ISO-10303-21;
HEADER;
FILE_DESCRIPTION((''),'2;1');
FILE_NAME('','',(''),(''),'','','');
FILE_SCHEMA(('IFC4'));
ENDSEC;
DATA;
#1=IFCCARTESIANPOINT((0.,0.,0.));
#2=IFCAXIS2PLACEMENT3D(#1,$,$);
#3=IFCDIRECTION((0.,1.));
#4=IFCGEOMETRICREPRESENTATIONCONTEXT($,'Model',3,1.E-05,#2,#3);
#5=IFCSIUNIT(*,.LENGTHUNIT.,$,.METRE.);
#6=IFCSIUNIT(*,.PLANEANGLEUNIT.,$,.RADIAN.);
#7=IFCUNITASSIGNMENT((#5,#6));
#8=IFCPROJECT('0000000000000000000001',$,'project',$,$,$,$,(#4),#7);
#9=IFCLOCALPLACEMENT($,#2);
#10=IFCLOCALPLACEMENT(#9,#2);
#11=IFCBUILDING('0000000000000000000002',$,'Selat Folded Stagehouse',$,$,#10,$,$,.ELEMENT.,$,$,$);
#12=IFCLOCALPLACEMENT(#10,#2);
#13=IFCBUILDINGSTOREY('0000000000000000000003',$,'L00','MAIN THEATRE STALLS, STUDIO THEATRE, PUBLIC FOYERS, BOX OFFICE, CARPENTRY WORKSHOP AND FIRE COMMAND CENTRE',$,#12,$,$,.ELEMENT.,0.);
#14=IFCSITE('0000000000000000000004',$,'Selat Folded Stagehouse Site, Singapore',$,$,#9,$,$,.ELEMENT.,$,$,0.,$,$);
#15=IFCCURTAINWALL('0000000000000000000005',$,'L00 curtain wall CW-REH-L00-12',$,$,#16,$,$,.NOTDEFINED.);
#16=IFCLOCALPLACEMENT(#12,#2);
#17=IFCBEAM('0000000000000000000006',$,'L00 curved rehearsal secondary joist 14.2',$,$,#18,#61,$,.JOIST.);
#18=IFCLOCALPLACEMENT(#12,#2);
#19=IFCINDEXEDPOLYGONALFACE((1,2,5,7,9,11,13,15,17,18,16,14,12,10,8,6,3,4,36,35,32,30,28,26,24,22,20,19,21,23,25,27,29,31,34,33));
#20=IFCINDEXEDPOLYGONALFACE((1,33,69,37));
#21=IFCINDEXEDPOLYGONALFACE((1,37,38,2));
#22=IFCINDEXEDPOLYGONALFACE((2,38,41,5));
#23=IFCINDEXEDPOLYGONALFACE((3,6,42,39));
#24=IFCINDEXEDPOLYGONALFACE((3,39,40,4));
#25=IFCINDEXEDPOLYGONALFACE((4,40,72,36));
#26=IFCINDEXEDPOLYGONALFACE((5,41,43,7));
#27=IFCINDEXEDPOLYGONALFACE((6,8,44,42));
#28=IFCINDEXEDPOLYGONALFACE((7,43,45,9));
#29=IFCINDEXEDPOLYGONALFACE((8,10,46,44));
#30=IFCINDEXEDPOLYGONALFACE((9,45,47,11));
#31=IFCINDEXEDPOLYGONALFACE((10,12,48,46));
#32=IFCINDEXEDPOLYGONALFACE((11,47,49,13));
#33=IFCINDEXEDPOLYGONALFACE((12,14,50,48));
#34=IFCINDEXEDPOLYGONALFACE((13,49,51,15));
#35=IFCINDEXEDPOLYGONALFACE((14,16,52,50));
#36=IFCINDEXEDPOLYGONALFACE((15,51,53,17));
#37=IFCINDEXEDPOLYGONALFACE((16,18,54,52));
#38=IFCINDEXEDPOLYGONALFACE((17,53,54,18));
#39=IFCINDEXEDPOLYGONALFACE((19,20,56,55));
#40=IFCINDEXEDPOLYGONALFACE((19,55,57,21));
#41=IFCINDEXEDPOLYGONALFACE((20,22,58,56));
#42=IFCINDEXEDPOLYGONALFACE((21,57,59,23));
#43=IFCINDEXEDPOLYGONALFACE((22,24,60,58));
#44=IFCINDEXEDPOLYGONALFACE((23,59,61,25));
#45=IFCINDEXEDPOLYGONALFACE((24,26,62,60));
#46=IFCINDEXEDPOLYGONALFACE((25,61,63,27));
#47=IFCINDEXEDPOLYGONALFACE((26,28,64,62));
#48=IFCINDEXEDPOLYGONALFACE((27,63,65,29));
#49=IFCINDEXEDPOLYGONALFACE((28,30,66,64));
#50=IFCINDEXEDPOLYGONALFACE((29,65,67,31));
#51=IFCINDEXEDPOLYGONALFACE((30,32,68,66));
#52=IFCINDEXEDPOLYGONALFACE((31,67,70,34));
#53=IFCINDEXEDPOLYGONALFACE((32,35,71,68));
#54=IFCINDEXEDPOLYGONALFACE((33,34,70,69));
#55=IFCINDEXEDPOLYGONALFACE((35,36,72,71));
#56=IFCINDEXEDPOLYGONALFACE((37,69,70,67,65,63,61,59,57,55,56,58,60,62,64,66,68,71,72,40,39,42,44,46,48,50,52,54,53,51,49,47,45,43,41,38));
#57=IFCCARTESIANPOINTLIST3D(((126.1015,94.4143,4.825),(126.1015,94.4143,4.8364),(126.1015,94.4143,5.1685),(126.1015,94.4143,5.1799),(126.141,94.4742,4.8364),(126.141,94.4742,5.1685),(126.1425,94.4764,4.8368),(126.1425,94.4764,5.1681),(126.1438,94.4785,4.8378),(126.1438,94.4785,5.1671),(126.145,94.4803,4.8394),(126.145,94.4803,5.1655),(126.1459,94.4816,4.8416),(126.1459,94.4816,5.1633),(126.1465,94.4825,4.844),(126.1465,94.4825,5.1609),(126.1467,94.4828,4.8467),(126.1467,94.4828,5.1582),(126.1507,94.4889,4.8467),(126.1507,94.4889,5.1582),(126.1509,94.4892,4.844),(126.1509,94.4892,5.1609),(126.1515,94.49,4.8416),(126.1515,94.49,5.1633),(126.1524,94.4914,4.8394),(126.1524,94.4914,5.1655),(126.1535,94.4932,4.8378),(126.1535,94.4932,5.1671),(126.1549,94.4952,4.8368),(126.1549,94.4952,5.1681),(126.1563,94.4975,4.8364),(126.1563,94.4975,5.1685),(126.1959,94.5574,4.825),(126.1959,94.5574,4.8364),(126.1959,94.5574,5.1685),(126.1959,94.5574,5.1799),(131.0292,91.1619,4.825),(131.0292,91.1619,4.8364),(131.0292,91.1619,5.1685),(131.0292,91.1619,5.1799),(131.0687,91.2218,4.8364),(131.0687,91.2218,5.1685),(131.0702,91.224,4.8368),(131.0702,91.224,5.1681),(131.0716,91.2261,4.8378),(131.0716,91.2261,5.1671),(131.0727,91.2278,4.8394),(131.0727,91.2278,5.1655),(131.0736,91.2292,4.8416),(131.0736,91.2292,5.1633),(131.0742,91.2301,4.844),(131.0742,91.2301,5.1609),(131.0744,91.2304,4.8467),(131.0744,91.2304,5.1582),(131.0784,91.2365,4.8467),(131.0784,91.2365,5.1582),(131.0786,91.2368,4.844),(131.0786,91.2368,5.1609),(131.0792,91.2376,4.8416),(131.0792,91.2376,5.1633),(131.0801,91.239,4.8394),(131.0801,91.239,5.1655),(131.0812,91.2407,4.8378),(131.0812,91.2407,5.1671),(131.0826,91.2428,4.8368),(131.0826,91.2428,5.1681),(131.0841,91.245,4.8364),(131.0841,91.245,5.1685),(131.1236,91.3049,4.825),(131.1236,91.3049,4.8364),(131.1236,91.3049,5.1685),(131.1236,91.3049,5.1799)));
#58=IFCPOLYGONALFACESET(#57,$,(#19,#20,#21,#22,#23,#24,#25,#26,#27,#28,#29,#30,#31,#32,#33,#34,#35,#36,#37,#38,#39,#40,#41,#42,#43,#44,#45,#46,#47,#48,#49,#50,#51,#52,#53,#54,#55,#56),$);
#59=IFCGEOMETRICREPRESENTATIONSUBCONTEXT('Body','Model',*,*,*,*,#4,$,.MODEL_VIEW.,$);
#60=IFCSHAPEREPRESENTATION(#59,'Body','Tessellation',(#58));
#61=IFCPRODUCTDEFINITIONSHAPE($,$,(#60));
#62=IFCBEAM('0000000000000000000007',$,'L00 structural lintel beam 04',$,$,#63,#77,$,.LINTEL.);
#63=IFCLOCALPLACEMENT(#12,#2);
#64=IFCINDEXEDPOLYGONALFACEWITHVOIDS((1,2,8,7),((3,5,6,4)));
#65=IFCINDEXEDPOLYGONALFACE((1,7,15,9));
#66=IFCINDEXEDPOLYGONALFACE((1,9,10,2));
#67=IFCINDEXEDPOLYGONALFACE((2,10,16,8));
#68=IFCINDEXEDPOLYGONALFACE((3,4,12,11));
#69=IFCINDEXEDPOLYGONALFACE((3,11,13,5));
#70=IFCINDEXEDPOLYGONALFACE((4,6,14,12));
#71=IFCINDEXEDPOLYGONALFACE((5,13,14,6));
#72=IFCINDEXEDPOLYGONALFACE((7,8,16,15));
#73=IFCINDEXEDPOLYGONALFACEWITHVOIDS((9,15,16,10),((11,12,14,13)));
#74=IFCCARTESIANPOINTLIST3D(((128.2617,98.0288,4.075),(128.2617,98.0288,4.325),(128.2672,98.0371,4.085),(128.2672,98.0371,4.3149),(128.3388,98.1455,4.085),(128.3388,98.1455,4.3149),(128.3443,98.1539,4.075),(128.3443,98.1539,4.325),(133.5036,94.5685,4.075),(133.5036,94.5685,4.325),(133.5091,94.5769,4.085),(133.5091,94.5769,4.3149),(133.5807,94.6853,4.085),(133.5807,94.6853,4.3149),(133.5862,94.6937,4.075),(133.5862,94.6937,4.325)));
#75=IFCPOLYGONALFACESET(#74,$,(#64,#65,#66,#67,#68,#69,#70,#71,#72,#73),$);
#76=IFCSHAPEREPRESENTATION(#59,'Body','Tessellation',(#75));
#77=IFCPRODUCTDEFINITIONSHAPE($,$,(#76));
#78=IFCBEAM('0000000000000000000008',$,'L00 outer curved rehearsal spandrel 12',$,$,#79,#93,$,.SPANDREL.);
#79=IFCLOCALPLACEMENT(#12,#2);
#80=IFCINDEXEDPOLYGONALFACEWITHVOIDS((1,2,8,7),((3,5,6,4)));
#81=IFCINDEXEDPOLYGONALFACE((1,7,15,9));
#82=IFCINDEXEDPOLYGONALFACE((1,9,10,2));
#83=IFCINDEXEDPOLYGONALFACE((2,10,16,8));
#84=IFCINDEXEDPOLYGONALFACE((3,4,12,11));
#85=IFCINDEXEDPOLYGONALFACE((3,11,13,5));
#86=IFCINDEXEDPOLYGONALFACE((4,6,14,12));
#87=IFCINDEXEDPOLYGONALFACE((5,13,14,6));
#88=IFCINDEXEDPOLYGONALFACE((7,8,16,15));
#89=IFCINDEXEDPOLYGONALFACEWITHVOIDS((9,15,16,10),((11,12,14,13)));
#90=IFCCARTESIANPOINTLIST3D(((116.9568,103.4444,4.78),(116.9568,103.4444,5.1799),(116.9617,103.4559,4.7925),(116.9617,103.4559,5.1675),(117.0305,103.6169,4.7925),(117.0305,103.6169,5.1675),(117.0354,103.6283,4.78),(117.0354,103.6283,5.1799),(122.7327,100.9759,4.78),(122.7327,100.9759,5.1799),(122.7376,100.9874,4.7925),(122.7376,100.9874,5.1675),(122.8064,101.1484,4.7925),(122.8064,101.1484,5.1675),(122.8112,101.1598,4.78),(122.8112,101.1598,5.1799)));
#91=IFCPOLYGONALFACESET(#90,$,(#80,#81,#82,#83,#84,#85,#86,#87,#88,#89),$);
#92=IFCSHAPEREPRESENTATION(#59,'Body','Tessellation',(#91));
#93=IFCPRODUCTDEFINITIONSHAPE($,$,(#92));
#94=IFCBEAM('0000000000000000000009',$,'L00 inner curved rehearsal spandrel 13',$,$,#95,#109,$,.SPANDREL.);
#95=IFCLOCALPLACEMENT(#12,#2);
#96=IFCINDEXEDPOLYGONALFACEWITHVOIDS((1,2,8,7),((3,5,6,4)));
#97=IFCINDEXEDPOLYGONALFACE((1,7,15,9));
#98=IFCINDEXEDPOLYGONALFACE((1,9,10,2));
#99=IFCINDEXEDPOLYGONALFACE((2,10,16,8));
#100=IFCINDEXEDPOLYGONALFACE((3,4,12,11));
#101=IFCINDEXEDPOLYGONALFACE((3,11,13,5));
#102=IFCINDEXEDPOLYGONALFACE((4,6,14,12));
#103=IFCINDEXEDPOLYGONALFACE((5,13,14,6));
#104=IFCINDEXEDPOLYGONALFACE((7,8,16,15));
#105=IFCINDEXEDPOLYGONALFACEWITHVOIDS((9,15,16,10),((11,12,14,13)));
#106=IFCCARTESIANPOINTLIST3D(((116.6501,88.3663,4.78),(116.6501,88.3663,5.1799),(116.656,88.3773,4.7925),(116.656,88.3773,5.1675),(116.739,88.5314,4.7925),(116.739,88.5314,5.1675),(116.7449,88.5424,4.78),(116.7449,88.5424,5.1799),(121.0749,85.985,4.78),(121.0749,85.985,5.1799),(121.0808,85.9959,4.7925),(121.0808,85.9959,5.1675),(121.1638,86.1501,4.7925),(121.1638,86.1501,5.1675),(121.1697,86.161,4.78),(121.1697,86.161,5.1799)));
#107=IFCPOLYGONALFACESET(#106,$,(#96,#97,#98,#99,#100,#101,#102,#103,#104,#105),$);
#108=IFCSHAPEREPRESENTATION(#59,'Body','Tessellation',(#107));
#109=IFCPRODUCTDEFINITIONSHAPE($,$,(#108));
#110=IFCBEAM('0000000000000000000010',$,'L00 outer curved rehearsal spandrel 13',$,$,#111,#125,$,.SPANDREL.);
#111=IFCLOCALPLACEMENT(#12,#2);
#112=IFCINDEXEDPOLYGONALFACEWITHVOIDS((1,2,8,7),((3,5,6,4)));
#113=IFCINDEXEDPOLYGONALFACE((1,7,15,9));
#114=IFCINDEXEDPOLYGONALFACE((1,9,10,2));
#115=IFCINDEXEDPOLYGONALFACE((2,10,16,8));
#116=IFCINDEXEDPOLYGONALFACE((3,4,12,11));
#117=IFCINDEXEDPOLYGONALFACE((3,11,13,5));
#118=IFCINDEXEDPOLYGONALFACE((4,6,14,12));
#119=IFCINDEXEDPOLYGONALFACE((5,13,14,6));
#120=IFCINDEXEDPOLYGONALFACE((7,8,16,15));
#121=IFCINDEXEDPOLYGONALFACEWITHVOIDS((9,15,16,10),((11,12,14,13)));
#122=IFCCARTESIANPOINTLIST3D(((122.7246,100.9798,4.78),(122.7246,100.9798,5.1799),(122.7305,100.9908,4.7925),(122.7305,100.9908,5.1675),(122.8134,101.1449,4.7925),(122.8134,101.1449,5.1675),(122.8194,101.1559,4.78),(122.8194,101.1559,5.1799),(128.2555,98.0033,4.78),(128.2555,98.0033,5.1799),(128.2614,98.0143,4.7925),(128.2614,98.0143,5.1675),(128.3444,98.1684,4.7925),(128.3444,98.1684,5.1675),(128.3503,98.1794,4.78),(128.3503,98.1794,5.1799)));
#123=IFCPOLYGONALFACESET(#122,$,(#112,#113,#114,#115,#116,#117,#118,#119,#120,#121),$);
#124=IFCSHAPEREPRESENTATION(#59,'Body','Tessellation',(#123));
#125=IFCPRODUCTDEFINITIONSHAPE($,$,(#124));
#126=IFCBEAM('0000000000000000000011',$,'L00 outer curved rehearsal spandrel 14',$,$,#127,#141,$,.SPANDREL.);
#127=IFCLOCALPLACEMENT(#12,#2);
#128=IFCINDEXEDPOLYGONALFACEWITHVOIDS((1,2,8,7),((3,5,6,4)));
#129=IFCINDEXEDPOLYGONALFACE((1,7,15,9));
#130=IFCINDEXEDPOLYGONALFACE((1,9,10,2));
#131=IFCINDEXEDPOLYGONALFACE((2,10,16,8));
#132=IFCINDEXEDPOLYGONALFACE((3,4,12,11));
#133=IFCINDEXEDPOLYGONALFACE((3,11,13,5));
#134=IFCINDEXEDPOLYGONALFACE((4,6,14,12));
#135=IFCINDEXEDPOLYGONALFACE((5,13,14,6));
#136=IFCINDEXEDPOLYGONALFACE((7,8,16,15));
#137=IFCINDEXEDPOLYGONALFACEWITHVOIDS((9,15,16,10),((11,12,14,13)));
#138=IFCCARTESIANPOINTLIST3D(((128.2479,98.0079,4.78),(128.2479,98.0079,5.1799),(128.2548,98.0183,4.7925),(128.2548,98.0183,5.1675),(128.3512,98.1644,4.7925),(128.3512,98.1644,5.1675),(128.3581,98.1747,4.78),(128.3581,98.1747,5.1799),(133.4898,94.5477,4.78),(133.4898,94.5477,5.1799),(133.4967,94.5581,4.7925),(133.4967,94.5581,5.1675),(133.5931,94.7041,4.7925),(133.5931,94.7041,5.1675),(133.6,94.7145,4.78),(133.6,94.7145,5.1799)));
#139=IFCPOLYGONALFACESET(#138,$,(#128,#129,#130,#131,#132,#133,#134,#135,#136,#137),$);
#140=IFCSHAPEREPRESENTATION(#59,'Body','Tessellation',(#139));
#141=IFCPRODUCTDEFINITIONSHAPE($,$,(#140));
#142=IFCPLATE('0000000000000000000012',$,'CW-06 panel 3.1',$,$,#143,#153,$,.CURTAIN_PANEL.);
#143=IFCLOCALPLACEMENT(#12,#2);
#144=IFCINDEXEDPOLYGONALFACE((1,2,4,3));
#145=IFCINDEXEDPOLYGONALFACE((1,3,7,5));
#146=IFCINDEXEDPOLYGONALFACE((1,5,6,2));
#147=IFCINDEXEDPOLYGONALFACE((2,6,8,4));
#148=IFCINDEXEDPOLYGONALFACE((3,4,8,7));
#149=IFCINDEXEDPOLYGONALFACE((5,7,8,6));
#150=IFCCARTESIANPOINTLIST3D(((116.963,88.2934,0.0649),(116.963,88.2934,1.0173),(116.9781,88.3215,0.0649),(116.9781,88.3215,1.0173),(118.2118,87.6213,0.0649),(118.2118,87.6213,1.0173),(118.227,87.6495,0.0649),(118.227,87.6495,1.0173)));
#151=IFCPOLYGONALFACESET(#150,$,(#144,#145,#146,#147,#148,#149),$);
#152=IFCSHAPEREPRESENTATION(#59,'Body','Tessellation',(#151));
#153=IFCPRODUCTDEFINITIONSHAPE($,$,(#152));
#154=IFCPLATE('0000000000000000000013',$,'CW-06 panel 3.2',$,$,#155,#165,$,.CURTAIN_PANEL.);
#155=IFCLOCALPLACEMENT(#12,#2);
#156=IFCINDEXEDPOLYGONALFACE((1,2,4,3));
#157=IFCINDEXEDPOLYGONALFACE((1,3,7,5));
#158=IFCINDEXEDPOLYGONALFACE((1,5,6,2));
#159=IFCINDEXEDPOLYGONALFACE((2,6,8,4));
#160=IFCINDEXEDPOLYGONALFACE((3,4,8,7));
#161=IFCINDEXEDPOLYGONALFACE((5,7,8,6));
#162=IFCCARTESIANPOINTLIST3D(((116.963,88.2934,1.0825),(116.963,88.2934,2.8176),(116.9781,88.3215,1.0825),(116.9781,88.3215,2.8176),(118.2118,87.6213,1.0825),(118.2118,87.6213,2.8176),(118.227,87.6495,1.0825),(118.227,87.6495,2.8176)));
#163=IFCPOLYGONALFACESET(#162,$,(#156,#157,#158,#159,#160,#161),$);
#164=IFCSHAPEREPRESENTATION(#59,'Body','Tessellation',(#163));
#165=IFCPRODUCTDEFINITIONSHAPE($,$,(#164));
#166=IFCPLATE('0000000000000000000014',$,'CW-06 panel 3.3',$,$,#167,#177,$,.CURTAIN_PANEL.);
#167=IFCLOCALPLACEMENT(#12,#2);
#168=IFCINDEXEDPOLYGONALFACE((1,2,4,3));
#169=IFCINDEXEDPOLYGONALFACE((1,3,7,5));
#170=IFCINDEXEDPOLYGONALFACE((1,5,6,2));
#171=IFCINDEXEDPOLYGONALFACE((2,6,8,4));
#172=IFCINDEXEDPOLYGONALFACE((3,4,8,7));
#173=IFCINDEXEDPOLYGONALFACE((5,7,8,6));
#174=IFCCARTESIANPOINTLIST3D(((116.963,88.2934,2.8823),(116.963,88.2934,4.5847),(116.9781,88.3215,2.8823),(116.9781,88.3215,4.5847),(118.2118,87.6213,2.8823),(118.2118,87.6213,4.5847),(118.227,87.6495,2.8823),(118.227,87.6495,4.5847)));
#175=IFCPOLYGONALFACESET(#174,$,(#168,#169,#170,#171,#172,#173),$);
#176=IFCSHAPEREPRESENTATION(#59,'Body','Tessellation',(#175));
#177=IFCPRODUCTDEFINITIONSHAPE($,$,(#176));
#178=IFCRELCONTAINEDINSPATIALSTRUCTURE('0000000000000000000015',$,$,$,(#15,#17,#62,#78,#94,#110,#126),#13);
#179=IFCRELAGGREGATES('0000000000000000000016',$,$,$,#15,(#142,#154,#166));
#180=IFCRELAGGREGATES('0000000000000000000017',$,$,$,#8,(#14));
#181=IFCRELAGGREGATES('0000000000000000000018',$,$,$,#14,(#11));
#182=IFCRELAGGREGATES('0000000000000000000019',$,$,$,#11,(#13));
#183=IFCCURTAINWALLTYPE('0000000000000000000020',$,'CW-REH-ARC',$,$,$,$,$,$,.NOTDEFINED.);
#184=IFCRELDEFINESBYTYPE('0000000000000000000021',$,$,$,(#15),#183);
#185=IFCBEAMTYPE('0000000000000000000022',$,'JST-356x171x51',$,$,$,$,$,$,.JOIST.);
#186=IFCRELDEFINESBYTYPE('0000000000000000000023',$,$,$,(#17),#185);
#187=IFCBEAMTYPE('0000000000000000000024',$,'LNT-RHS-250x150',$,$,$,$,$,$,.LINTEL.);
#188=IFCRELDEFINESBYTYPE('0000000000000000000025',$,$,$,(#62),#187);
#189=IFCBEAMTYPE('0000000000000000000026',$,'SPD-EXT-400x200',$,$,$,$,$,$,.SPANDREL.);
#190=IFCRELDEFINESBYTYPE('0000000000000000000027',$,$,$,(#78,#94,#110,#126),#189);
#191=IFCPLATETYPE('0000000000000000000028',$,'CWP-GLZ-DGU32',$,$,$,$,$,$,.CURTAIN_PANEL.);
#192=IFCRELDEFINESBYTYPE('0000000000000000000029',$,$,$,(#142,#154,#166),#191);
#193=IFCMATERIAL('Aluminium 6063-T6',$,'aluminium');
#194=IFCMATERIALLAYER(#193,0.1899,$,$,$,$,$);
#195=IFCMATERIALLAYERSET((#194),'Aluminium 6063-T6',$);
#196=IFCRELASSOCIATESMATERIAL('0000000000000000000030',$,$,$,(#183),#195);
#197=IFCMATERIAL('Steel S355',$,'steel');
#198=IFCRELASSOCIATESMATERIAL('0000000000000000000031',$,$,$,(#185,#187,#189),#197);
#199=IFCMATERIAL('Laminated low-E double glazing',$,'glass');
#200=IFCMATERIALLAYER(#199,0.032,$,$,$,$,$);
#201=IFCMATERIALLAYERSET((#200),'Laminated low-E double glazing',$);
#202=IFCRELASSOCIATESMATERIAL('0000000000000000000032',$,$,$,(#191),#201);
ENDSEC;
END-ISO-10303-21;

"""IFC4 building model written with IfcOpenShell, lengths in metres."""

from ifc_helpers import new_model, si_unit, direction, frame, origin, origin_2d, place, context, subcontext, project, spatial, rectangle, hollow_rectangle, i_section, extrude, material, layer, layer_set, material_profile, profile_set, type_object, element, aggregate, save


model = new_model("IFC4")

# Units and contexts
model_context = context("Model", 3, precision=1e-05, world=origin(), true_north=direction((0.0, 1.0)))
body_context = subcontext(model_context, "Body", "Model", "MODEL_VIEW")
ifc_project = project(units=[si_unit("LENGTHUNIT", "METRE"), si_unit("PLANEANGLEUNIT", "RADIAN")], contexts=[model_context])

# Site, building, storey
site_placement = place(None, origin())
site = spatial("IfcSite", under=ifc_project, at=site_placement, Name="Selat Folded Stagehouse Site, Singapore", CompositionType="ELEMENT", RefElevation=0.0)
building_placement = place(site_placement, origin())
building = spatial("IfcBuilding", under=site, at=building_placement, Name="Selat Folded Stagehouse", CompositionType="ELEMENT")
storey_placement = place(building_placement, origin())
storey = spatial("IfcBuildingStorey", under=building, at=storey_placement, Name="L00", Description="MAIN THEATRE STALLS, STUDIO THEATRE, PUBLIC FOYERS, BOX OFFICE, CARPENTRY WORKSHOP AND FIRE COMMAND CENTRE", CompositionType="ELEMENT", Elevation=0.0)

# Shared definitions
ifc_material_1 = material(Name="Steel S355", Category="steel")

# Shared definitions
ifc_material_2 = material(Name="Aluminium 6063-T6", Category="aluminium")
ifc_layer_1 = layer(ifc_material_2, 0.1899)
ifc_layer_set_1 = layer_set([ifc_layer_1], Name="Aluminium 6063-T6")
curtain_wall_type = type_object("IfcCurtainWallType", Name="CW-REH-ARC", PredefinedType="NOTDEFINED", material=ifc_layer_set_1)

# Curtain wall
curtain_wall_1_placement = place(storey_placement, origin())
curtain_wall_1 = element("IfcCurtainWall", 1, at=curtain_wall_1_placement, inside=storey, type_object=curtain_wall_type, Name="L00 curtain wall CW-REH-L00-12", PredefinedType="NOTDEFINED")

# Beams
ifc_material_profile_1 = material_profile(ifc_material_1, i_section(OverallWidth=0.1714, OverallDepth=0.355, WebThickness=0.0073, FlangeThickness=0.0115, FilletRadius=0.0103, at=origin_2d()), Name="UKB 356x171x51")
ifc_profile_set_1 = profile_set([ifc_material_profile_1], Name="Steel S355")
beam_type_1 = type_object("IfcBeamType", Name="JST-356x171x51", PredefinedType="JOIST", material=ifc_profile_set_1)
beam_1_placement = place(storey_placement, frame((126.1487, 94.4858, 5.0024), z_axis=(0.834599, -0.550858, 0.0), x_axis=(0.550858, 0.834599, 0.0)))
element("IfcBeam", 2, at=beam_1_placement, inside=storey, type_object=beam_type_1, Name="L00 curved rehearsal secondary joist 14.2", PredefinedType="JOIST", context=body_context, shape_type="SweptSolid", body=[
    extrude(i_section(OverallWidth=0.1714, OverallDepth=0.355, WebThickness=0.0073, FlangeThickness=0.0115, FilletRadius=0.0103, at=origin_2d()), origin(), (0.0, 0.0, 1.0), 5.9043),
])
ifc_material_profile_2 = material_profile(ifc_material_1, hollow_rectangle(XDim=0.1499, YDim=0.25, WallThickness=0.01, at=origin_2d()), Name="RHS 250x150x10.0")
ifc_profile_set_2 = profile_set([ifc_material_profile_2], Name="Steel S355")
beam_type_2 = type_object("IfcBeamType", Name="LNT-RHS-250x150", PredefinedType="LINTEL", material=ifc_profile_set_2)
beam_2_placement = place(storey_placement, frame((128.303, 98.0913, 4.2), z_axis=(0.834571, -0.5509, 0.0), x_axis=(0.5509, 0.834571, 0.0)))
element("IfcBeam", 3, at=beam_2_placement, inside=storey, type_object=beam_type_2, Name="L00 structural lintel beam 04", PredefinedType="LINTEL", context=body_context, shape_type="SweptSolid", body=[
    extrude(hollow_rectangle(XDim=0.1499, YDim=0.25, WallThickness=0.01, at=origin_2d()), origin(), (0.0, 0.0, 1.0), 6.281),
])
ifc_material_profile_3 = material_profile(ifc_material_1, hollow_rectangle(XDim=0.2, YDim=0.3999, WallThickness=0.0125, at=origin_2d()), Name="RHS 400x200x12.5")
ifc_profile_set_3 = profile_set([ifc_material_profile_3], Name="Steel S355")
beam_type_3 = type_object("IfcBeamType", Name="SPD-EXT-400x200", PredefinedType="SPANDREL", material=ifc_profile_set_3)
beam_3_placement = place(storey_placement, frame((116.9961, 103.5364, 4.98), z_axis=(0.919541, -0.392995, 0.0), x_axis=(0.392995, 0.919541, 0.0)))
element("IfcBeam", 4, at=beam_3_placement, inside=storey, type_object=beam_type_3, Name="L00 outer curved rehearsal spandrel 12", PredefinedType="SPANDREL", context=body_context, shape_type="SweptSolid", body=[
    extrude(hollow_rectangle(XDim=0.2, YDim=0.3999, WallThickness=0.0125, at=origin_2d()), origin(), (0.0, 0.0, 1.0), 6.2812),
])
beam_4_placement = place(storey_placement, frame((116.6975, 88.4543, 4.98), z_axis=(0.880574, -0.473909, 0.0), x_axis=(0.473909, 0.880574, 0.0)))
element("IfcBeam", 5, at=beam_4_placement, inside=storey, type_object=beam_type_3, Name="L00 inner curved rehearsal spandrel 13", PredefinedType="SPANDREL", context=body_context, shape_type="SweptSolid", body=[
    extrude(hollow_rectangle(XDim=0.2, YDim=0.3999, WallThickness=0.0125, at=origin_2d()), origin(), (0.0, 0.0, 1.0), 5.0249),
])
for number, where, z_axis, x_axis, name in (
    (6, (122.772, 101.0679, 4.98), (0.880582, -0.473894, 0.0), (0.473894, 0.880582, 0.0), "L00 outer curved rehearsal spandrel 13"),
    (7, (128.303, 98.0913, 4.98), (0.834571, -0.5509, 0.0), (0.5509, 0.834571, 0.0), "L00 outer curved rehearsal spandrel 14"),
):
    element("IfcBeam", number, at=place(storey_placement, frame(where, z_axis=z_axis, x_axis=x_axis)), inside=storey, type_object=beam_type_3, Name=name, PredefinedType="SPANDREL", context=body_context, shape_type="SweptSolid", body=[
        extrude(hollow_rectangle(XDim=0.2, YDim=0.3999, WallThickness=0.0125, at=origin_2d()), origin(), (0.0, 0.0, 1.0), 6.281),
    ])

# Plates
ifc_material_3 = material(Name="Laminated low-E double glazing", Category="glass")
ifc_layer_2 = layer(ifc_material_3, 0.032)
ifc_layer_set_2 = layer_set([ifc_layer_2], Name="Laminated low-E double glazing")
plate_type = type_object("IfcPlateType", Name="CWP-GLZ-DGU32", PredefinedType="CURTAIN_PANEL", material=ifc_layer_set_2)
plate_1_placement = place(storey_placement, frame((117.595, 87.9714, 0.0649), z_axis=(0.0, 0.0, 1.0), x_axis=(-0.880601, 0.473859, 0.0)))
plate_1 = element("IfcPlate", 8, at=plate_1_placement, type_object=plate_type, Name="CW-06 panel 3.1", PredefinedType="CURTAIN_PANEL", context=body_context, shape_type="SweptSolid", body=[
    extrude(rectangle(XDim=1.4182, YDim=0.032, at=origin_2d()), origin(), (0.0, 0.0, 1.0), 0.9524),
])
plate_2_placement = place(storey_placement, frame((117.595, 87.9714, 1.0825), z_axis=(0.0, 0.0, 1.0), x_axis=(-0.880601, 0.473859, 0.0)))
plate_2 = element("IfcPlate", 9, at=plate_2_placement, type_object=plate_type, Name="CW-06 panel 3.2", PredefinedType="CURTAIN_PANEL", context=body_context, shape_type="SweptSolid", body=[
    extrude(rectangle(XDim=1.4182, YDim=0.032, at=origin_2d()), origin(), (0.0, 0.0, 1.0), 1.7351),
])
plate_3_placement = place(storey_placement, frame((117.595, 87.9714, 2.8823), z_axis=(0.0, 0.0, 1.0), x_axis=(-0.880601, 0.473859, 0.0)))
plate_3 = element("IfcPlate", 10, at=plate_3_placement, type_object=plate_type, Name="CW-06 panel 3.3", PredefinedType="CURTAIN_PANEL", context=body_context, shape_type="SweptSolid", body=[
    extrude(rectangle(XDim=1.4182, YDim=0.032, at=origin_2d()), origin(), (0.0, 0.0, 1.0), 1.7024),
])
aggregate(curtain_wall_1, [plate_1, plate_2, plate_3])

save(model, "model.ifc")
